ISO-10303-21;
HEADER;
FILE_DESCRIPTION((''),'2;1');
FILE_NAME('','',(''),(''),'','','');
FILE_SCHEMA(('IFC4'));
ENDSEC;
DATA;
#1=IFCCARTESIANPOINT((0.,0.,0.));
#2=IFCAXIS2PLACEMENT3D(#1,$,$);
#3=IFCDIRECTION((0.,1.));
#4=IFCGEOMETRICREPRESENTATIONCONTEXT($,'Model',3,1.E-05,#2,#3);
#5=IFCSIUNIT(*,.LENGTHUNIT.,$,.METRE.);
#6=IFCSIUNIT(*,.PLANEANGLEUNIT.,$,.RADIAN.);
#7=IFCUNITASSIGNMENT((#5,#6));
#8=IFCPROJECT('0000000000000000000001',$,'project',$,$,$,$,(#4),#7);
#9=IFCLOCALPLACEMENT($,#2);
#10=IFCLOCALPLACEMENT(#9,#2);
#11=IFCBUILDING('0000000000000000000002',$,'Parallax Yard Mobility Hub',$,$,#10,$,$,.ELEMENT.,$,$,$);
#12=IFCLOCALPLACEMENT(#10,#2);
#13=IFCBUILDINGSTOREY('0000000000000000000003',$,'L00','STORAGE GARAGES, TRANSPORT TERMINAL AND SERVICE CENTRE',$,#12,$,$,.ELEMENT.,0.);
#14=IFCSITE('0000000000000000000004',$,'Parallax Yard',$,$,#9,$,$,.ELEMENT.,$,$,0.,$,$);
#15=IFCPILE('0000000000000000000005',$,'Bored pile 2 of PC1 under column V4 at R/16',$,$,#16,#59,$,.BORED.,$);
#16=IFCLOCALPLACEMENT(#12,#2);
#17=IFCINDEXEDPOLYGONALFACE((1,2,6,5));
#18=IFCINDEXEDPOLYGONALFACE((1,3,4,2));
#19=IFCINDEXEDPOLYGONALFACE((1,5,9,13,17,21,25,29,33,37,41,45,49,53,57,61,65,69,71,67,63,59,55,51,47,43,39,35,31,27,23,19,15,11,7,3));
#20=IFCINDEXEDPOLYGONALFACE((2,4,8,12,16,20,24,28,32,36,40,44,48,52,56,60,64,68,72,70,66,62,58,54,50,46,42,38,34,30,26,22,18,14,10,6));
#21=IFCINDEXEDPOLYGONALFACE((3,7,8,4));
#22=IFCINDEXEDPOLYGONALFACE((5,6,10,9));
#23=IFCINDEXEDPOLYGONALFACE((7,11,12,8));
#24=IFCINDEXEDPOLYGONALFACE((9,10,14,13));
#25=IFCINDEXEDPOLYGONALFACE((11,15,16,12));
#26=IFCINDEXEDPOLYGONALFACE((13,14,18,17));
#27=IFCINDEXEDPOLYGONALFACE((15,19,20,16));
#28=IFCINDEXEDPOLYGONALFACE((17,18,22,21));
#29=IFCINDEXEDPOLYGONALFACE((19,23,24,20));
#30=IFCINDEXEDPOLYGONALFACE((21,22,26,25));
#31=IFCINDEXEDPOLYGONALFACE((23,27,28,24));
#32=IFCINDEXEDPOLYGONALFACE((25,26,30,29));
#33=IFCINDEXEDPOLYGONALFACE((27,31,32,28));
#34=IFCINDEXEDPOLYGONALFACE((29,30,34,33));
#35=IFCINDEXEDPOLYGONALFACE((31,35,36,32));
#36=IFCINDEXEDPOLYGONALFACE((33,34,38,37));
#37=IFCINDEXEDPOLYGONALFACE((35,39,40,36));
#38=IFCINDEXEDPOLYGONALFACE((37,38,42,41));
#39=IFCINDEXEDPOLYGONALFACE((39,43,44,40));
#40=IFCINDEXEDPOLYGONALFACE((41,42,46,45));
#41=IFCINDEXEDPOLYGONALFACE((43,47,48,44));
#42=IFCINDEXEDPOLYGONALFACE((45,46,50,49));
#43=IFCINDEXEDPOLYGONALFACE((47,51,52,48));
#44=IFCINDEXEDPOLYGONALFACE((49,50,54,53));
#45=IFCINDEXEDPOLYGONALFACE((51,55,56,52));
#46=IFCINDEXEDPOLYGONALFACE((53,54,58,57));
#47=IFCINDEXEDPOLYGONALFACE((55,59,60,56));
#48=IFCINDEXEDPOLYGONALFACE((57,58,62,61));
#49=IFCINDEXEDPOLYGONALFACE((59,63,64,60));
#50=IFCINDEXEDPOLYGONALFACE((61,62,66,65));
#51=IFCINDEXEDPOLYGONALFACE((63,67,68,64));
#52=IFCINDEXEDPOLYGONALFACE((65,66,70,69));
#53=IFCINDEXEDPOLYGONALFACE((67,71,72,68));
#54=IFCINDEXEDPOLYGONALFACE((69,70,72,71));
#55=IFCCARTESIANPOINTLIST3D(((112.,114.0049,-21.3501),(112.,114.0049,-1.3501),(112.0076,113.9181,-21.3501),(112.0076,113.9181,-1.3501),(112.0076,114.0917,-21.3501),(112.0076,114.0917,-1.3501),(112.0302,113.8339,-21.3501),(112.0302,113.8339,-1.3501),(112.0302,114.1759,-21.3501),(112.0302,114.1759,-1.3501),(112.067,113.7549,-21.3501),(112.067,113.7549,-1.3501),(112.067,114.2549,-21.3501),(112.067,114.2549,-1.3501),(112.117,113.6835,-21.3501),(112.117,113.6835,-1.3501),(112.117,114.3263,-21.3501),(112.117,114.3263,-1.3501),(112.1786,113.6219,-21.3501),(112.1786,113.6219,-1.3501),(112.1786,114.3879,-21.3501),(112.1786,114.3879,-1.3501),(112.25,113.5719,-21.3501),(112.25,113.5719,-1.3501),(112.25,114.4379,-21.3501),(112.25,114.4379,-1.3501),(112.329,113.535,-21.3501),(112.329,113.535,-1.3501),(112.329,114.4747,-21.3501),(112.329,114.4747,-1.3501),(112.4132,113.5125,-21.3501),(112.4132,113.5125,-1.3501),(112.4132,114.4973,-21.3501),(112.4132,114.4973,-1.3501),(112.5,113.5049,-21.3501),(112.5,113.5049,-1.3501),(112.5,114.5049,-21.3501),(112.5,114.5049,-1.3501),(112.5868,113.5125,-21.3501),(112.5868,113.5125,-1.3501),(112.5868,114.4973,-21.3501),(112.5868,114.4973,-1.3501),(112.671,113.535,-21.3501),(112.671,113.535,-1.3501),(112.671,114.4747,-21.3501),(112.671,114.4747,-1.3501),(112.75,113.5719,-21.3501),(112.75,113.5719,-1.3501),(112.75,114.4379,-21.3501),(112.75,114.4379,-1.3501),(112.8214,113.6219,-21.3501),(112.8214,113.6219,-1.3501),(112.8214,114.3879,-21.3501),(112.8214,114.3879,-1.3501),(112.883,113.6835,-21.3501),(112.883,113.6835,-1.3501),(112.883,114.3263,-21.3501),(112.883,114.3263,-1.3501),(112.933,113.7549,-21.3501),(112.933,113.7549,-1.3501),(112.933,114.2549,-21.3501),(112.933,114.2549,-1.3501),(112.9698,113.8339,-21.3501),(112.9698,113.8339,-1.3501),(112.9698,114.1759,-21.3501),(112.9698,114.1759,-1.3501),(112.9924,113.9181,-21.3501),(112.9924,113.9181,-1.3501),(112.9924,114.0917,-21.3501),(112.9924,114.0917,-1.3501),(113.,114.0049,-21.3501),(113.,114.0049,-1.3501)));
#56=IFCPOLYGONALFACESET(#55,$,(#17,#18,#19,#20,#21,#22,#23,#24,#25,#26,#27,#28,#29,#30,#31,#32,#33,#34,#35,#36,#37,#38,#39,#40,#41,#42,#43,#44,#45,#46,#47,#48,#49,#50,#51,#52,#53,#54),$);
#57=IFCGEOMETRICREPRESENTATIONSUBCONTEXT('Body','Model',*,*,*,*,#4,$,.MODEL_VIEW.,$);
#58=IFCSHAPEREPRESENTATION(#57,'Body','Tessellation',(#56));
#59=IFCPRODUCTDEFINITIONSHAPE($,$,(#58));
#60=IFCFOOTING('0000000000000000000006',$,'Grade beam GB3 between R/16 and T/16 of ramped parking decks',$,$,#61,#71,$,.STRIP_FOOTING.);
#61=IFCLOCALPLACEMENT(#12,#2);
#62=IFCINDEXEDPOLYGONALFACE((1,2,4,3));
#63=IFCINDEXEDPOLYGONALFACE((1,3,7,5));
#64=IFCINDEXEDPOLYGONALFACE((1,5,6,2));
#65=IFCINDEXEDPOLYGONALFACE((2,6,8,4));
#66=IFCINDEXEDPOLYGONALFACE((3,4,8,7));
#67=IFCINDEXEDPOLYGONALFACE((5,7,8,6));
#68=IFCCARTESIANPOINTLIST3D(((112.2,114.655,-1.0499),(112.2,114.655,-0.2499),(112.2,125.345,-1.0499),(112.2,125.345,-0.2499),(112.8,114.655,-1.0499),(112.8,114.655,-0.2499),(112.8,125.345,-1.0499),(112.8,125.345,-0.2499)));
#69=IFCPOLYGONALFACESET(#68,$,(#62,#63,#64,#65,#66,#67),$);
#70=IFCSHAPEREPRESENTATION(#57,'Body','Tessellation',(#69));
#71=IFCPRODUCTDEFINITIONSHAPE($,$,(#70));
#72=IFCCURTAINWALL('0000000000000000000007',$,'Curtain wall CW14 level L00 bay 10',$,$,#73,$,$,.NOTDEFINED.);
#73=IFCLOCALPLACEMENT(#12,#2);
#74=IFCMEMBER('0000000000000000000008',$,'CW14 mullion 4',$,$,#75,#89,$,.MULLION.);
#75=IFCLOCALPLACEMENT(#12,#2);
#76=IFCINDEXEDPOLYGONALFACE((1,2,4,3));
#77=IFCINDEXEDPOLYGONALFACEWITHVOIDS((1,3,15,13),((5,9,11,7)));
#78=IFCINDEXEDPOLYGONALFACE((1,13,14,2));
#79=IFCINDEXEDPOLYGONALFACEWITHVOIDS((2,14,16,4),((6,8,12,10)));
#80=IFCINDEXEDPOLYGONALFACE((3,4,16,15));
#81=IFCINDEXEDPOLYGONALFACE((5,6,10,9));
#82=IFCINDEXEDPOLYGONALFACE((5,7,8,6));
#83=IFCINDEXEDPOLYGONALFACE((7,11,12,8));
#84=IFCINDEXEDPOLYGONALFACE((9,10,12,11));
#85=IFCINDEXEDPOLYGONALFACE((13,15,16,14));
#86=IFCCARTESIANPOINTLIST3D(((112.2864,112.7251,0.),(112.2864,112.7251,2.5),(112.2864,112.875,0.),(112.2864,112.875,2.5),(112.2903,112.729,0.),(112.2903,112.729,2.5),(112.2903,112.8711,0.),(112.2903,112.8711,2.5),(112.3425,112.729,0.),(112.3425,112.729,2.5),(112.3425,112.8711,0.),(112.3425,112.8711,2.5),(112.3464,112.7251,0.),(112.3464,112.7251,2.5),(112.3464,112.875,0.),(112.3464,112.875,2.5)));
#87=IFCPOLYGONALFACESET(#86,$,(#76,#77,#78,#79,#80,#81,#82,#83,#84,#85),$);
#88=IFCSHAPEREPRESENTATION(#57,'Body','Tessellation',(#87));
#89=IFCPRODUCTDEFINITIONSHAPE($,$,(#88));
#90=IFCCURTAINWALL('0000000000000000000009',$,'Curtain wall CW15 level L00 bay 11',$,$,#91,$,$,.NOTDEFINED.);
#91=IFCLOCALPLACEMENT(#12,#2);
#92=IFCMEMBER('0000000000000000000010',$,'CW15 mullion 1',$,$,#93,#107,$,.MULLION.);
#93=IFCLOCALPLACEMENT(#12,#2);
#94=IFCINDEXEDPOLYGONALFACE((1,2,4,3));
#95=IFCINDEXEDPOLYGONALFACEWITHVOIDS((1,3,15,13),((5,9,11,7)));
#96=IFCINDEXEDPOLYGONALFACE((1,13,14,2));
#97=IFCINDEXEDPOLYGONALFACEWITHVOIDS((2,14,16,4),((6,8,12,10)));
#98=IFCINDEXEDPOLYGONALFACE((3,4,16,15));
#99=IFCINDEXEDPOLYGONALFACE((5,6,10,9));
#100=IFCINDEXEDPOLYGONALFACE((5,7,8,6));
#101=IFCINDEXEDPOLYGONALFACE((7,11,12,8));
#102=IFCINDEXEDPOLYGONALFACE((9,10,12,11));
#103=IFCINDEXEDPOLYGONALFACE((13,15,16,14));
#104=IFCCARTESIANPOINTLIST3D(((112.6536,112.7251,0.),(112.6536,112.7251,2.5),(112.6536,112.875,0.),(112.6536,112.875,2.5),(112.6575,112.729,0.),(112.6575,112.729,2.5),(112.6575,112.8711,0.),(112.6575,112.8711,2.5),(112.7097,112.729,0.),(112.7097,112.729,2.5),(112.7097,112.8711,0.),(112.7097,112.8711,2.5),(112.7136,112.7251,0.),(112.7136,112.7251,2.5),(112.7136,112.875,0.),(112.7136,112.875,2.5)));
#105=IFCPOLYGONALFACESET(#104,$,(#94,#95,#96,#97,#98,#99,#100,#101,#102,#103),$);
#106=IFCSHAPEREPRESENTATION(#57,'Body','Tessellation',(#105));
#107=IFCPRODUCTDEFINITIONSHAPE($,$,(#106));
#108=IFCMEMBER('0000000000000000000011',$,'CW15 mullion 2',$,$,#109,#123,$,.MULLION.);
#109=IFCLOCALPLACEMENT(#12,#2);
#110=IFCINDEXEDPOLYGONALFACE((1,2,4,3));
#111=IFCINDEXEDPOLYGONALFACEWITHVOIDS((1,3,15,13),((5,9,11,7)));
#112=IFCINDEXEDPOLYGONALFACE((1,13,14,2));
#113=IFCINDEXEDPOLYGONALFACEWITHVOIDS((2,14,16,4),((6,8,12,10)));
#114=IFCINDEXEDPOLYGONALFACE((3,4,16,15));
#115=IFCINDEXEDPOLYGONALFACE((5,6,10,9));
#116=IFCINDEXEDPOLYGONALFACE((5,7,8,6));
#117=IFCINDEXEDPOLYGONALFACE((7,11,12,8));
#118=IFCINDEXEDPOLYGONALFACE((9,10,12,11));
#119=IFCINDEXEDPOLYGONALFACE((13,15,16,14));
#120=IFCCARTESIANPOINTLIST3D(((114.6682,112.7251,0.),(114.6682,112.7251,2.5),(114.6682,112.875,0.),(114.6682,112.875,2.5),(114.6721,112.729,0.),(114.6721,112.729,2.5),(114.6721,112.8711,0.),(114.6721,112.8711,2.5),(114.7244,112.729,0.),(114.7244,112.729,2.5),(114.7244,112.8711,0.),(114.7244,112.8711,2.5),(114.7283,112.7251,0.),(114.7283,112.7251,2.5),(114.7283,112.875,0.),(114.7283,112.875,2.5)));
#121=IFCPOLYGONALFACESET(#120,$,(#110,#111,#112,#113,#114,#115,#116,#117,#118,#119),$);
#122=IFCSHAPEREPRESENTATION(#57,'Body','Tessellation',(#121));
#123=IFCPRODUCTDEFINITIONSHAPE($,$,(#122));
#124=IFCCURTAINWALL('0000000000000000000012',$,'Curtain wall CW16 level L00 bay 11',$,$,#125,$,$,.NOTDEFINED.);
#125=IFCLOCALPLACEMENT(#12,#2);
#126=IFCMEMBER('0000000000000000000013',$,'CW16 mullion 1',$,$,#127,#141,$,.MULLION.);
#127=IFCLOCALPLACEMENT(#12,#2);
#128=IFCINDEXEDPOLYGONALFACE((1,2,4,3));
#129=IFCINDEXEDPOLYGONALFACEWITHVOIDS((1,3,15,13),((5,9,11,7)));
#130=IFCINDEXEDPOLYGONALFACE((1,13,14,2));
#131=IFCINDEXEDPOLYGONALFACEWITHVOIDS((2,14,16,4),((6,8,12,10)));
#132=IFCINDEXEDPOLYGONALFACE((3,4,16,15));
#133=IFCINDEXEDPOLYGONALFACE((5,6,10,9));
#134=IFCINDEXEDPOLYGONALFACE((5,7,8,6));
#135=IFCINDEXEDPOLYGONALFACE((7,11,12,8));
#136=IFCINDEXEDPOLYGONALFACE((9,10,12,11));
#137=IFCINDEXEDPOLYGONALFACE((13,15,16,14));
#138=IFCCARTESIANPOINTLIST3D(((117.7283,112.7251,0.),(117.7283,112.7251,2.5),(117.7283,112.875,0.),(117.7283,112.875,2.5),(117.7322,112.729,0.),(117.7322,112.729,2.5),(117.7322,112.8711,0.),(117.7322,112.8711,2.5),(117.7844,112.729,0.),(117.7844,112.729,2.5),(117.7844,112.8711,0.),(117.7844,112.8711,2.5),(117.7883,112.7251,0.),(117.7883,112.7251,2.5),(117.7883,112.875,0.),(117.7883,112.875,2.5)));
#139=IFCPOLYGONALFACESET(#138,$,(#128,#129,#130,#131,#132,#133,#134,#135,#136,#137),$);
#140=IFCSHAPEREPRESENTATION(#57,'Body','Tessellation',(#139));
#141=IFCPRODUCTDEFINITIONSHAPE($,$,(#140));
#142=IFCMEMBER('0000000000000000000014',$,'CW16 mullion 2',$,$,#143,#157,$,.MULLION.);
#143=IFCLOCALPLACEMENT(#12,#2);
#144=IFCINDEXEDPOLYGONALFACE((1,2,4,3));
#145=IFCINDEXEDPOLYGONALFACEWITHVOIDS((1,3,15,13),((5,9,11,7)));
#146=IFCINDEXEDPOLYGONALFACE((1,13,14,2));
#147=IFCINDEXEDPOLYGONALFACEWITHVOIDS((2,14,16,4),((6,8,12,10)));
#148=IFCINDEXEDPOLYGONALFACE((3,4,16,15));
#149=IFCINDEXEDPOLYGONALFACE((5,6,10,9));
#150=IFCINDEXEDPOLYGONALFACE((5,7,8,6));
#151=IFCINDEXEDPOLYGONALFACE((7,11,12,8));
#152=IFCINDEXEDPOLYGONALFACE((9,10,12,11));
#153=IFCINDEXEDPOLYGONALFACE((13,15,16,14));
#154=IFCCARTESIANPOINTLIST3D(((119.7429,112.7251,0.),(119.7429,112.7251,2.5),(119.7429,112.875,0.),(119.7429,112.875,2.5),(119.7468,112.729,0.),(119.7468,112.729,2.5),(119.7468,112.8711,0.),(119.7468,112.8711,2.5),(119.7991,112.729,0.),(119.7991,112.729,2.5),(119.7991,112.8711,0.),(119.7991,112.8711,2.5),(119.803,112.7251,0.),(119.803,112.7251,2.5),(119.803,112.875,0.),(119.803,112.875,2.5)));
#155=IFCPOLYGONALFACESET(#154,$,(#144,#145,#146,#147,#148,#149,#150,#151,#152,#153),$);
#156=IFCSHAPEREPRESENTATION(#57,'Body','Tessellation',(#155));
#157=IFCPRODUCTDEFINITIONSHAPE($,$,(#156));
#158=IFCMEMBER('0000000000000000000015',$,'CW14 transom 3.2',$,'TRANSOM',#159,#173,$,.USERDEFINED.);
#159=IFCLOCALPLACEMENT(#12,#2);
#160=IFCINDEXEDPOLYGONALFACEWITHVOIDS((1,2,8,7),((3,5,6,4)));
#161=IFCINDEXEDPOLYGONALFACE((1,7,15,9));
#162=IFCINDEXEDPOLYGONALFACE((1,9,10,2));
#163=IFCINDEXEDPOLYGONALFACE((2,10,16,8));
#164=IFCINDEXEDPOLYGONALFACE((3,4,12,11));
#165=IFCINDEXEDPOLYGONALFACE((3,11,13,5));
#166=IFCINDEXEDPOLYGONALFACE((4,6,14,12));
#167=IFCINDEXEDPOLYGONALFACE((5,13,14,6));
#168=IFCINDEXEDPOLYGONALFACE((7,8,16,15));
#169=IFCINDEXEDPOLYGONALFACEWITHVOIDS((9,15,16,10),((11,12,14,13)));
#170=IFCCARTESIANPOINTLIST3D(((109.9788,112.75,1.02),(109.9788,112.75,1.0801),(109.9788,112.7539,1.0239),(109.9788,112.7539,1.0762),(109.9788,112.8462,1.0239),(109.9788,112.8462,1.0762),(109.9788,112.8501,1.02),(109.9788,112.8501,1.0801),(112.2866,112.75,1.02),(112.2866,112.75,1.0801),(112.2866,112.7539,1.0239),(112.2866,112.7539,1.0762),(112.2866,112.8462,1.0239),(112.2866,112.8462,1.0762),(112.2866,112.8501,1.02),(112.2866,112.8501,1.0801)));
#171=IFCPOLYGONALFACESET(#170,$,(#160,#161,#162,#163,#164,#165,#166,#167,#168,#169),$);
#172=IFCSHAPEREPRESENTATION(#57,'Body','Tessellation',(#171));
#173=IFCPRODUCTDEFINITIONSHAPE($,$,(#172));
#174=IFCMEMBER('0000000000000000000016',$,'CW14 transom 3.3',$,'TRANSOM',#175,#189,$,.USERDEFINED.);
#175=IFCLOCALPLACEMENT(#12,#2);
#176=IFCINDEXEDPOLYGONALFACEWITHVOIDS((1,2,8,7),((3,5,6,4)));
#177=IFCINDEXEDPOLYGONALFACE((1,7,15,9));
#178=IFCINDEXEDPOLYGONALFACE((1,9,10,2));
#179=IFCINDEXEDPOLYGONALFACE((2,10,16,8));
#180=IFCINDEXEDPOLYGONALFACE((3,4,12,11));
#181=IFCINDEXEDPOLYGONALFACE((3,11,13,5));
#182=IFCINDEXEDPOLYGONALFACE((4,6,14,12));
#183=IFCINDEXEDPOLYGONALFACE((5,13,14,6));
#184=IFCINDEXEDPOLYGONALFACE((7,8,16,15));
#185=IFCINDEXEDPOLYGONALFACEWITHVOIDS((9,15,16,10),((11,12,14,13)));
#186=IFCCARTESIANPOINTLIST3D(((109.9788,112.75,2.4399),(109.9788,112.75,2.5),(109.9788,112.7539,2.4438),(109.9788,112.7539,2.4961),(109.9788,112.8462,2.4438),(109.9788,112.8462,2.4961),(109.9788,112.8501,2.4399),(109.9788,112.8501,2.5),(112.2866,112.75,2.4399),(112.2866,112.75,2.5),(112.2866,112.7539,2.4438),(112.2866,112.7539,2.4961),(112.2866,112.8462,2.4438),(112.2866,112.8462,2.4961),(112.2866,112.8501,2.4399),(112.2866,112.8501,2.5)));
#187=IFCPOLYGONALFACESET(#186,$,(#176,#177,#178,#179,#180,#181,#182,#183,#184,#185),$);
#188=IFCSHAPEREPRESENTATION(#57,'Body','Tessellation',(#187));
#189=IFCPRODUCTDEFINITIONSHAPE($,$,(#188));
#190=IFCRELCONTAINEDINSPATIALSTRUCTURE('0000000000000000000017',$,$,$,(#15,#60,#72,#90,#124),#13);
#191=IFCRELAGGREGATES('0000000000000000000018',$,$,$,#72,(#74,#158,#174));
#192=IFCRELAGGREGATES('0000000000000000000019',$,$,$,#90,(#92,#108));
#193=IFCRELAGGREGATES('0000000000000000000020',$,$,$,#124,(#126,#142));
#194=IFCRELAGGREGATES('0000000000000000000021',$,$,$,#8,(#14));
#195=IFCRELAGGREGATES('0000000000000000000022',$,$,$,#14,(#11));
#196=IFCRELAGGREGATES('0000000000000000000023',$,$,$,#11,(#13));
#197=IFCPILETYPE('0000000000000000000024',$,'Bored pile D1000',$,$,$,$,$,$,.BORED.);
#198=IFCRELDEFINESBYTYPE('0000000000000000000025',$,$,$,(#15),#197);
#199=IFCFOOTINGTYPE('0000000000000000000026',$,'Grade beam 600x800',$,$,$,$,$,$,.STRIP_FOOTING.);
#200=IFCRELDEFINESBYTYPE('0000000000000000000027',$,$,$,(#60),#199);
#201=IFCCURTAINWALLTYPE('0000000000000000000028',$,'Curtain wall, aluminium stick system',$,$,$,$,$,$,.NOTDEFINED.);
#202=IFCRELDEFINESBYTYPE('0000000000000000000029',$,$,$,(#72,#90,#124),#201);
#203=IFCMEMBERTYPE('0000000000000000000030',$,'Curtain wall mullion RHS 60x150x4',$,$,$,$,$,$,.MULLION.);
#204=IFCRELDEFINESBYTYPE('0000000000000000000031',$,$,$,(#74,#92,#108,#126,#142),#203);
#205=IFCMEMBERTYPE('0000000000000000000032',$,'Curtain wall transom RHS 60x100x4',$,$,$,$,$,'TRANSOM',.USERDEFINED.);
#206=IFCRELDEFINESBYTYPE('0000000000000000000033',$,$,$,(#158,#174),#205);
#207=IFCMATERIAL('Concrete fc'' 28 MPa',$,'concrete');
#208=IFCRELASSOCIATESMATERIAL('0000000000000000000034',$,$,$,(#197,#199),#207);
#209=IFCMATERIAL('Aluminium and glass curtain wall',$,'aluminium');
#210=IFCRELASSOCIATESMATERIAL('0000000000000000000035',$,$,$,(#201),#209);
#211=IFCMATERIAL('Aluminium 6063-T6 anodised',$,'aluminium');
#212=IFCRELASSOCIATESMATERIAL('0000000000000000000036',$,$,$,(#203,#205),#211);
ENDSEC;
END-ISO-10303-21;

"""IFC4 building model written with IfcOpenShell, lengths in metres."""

from ifc_helpers import new_model, si_unit, direction, frame, origin, origin_2d, place, context, subcontext, project, spatial, rectangle, hollow_rectangle, circle, extrude, material, material_profile, profile_set, type_object, element, aggregate, save


model = new_model("IFC4")

# Units and contexts
model_context = context("Model", 3, precision=1e-05, world=origin(), true_north=direction((0.0, 1.0)))
body_context = subcontext(model_context, "Body", "Model", "MODEL_VIEW")
ifc_project = project(units=[si_unit("LENGTHUNIT", "METRE"), si_unit("PLANEANGLEUNIT", "RADIAN")], contexts=[model_context])

# Site, building, storey
site_placement = place(None, origin())
site = spatial("IfcSite", under=ifc_project, at=site_placement, Name="Parallax Yard", CompositionType="ELEMENT", RefElevation=0.0)
building_placement = place(site_placement, origin())
building = spatial("IfcBuilding", under=site, at=building_placement, Name="Parallax Yard Mobility Hub", CompositionType="ELEMENT")
storey_placement = place(building_placement, origin())
storey = spatial("IfcBuildingStorey", under=building, at=storey_placement, Name="L00", Description="STORAGE GARAGES, TRANSPORT TERMINAL AND SERVICE CENTRE", CompositionType="ELEMENT", Elevation=0.0)

# Pile
ifc_material_1 = material(Name="Concrete fc' 28 MPa", Category="concrete")
ifc_material_profile_1 = material_profile(ifc_material_1, circle(Radius=0.5, at=origin_2d()), Name="Bored pile D1000")
ifc_profile_set_1 = profile_set([ifc_material_profile_1], Name="Concrete fc' 28 MPa")
pile_type = type_object("IfcPileType", Name="Bored pile D1000", PredefinedType="BORED", material=ifc_profile_set_1)
pile_placement = place(storey_placement, frame((112.5, 114.0049, -1.3501), z_axis=(0.0, 0.0, -1.0), x_axis=(1.0, 0.0, 0.0)))
element("IfcPile", 1, at=pile_placement, inside=storey, type_object=pile_type, Name="Bored pile 2 of PC1 under column V4 at R/16", PredefinedType="BORED", context=body_context, shape_type="SweptSolid", body=[
    extrude(circle(Radius=0.5, at=origin_2d()), origin(), (0.0, 0.0, 1.0), 20.0),
])

# Footing
ifc_material_profile_2 = material_profile(ifc_material_1, rectangle(XDim=0.6001, YDim=0.8, at=origin_2d()), Name="Grade beam 600x800")
ifc_profile_set_2 = profile_set([ifc_material_profile_2], Name="Concrete fc' 28 MPa")
footing_type = type_object("IfcFootingType", Name="Grade beam 600x800", PredefinedType="STRIP_FOOTING", material=ifc_profile_set_2)
footing_placement = place(storey_placement, frame((112.5, 114.655, -0.6499), z_axis=(0.0, 1.0, 0.0), x_axis=(-1.0, 0.0, 0.0)))
element("IfcFooting", 2, at=footing_placement, inside=storey, type_object=footing_type, Name="Grade beam GB3 between R/16 and T/16 of ramped parking decks", PredefinedType="STRIP_FOOTING", context=body_context, shape_type="SweptSolid", body=[
    extrude(rectangle(XDim=0.6001, YDim=0.8, at=origin_2d()), origin(), (0.0, 0.0, 1.0), 10.6899),
])

# Curtain wall, member
ifc_material_2 = material(Name="Aluminium and glass curtain wall", Category="aluminium")
curtain_wall_type = type_object("IfcCurtainWallType", Name="Curtain wall, aluminium stick system", PredefinedType="NOTDEFINED", material=ifc_material_2)
curtain_wall_1_placement = place(storey_placement, origin())
curtain_wall_1 = element("IfcCurtainWall", 3, at=curtain_wall_1_placement, inside=storey, type_object=curtain_wall_type, Name="Curtain wall CW14 level L00 bay 10", PredefinedType="NOTDEFINED")
ifc_material_3 = material(Name="Aluminium 6063-T6 anodised", Category="aluminium")
ifc_material_profile_3 = material_profile(ifc_material_3, hollow_rectangle(XDim=0.1499, YDim=0.0601, WallThickness=0.0039, at=origin_2d()), Name="RHS 60x150x4")
ifc_profile_set_3 = profile_set([ifc_material_profile_3], Name="Aluminium 6063-T6 anodised")
member_type_1 = type_object("IfcMemberType", Name="Curtain wall mullion RHS 60x150x4", PredefinedType="MULLION", material=ifc_profile_set_3)
member_1_placement = place(storey_placement, frame((112.3164, 112.8, 0.0), z_axis=(0.0, 0.0, 1.0), x_axis=(0.0, 1.0, 0.0)))
member_1 = element("IfcMember", 4, at=member_1_placement, type_object=member_type_1, Name="CW14 mullion 4", PredefinedType="MULLION", context=body_context, shape_type="SweptSolid", body=[
    extrude(hollow_rectangle(XDim=0.1499, YDim=0.0601, WallThickness=0.0039, at=origin_2d()), origin(), (0.0, 0.0, 1.0), 2.5),
])

# Curtain walls, members
curtain_wall_2_placement = place(storey_placement, origin())
curtain_wall_2 = element("IfcCurtainWall", 5, at=curtain_wall_2_placement, inside=storey, type_object=curtain_wall_type, Name="Curtain wall CW15 level L00 bay 11", PredefinedType="NOTDEFINED")
member_2_placement = place(storey_placement, frame((112.6836, 112.8, 0.0), z_axis=(0.0, 0.0, 1.0), x_axis=(0.0, 1.0, 0.0)))
member_2 = element("IfcMember", 6, at=member_2_placement, type_object=member_type_1, Name="CW15 mullion 1", PredefinedType="MULLION", context=body_context, shape_type="SweptSolid", body=[
    extrude(hollow_rectangle(XDim=0.1499, YDim=0.0601, WallThickness=0.0039, at=origin_2d()), origin(), (0.0, 0.0, 1.0), 2.5),
])
member_3_placement = place(storey_placement, frame((114.6982, 112.8, 0.0), z_axis=(0.0, 0.0, 1.0), x_axis=(0.0, 1.0, 0.0)))
member_3 = element("IfcMember", 7, at=member_3_placement, type_object=member_type_1, Name="CW15 mullion 2", PredefinedType="MULLION", context=body_context, shape_type="SweptSolid", body=[
    extrude(hollow_rectangle(XDim=0.1499, YDim=0.0601, WallThickness=0.0039, at=origin_2d()), origin(), (0.0, 0.0, 1.0), 2.5),
])
curtain_wall_3_placement = place(storey_placement, origin())
curtain_wall_3 = element("IfcCurtainWall", 8, at=curtain_wall_3_placement, inside=storey, type_object=curtain_wall_type, Name="Curtain wall CW16 level L00 bay 11", PredefinedType="NOTDEFINED")
member_4_placement = place(storey_placement, frame((117.7583, 112.8, 0.0), z_axis=(0.0, 0.0, 1.0), x_axis=(0.0, 1.0, 0.0)))
member_4 = element("IfcMember", 9, at=member_4_placement, type_object=member_type_1, Name="CW16 mullion 1", PredefinedType="MULLION", context=body_context, shape_type="SweptSolid", body=[
    extrude(hollow_rectangle(XDim=0.1499, YDim=0.0601, WallThickness=0.0039, at=origin_2d()), origin(), (0.0, 0.0, 1.0), 2.5),
])
member_5_placement = place(storey_placement, frame((119.7729, 112.8, 0.0), z_axis=(0.0, 0.0, 1.0), x_axis=(0.0, 1.0, 0.0)))
member_5 = element("IfcMember", 10, at=member_5_placement, type_object=member_type_1, Name="CW16 mullion 2", PredefinedType="MULLION", context=body_context, shape_type="SweptSolid", body=[
    extrude(hollow_rectangle(XDim=0.1499, YDim=0.0601, WallThickness=0.0039, at=origin_2d()), origin(), (0.0, 0.0, 1.0), 2.5),
])

# Members
ifc_material_profile_4 = material_profile(ifc_material_3, hollow_rectangle(XDim=0.1001, YDim=0.0601, WallThickness=0.0039, at=origin_2d()), Name="RHS 60x100x4")
ifc_profile_set_4 = profile_set([ifc_material_profile_4], Name="Aluminium 6063-T6 anodised")
member_type_2 = type_object("IfcMemberType", Name="Curtain wall transom RHS 60x100x4", ElementType="TRANSOM", PredefinedType="USERDEFINED", material=ifc_profile_set_4)
member_6_placement = place(storey_placement, frame((109.9788, 112.8, 1.05), z_axis=(1.0, 0.0, 0.0), x_axis=(0.0, 1.0, 0.0)))
member_6 = element("IfcMember", 11, at=member_6_placement, type_object=member_type_2, Name="CW14 transom 3.2", ObjectType="TRANSOM", PredefinedType="USERDEFINED", context=body_context, shape_type="SweptSolid", body=[
    extrude(hollow_rectangle(XDim=0.1001, YDim=0.0601, WallThickness=0.0039, at=origin_2d()), origin(), (0.0, 0.0, 1.0), 2.3079),
])
member_7_placement = place(storey_placement, frame((109.9788, 112.8, 2.47), z_axis=(1.0, 0.0, 0.0), x_axis=(0.0, 1.0, 0.0)))
member_7 = element("IfcMember", 12, at=member_7_placement, type_object=member_type_2, Name="CW14 transom 3.3", ObjectType="TRANSOM", PredefinedType="USERDEFINED", context=body_context, shape_type="SweptSolid", body=[
    extrude(hollow_rectangle(XDim=0.1001, YDim=0.0601, WallThickness=0.0039, at=origin_2d()), origin(), (0.0, 0.0, 1.0), 2.3079),
])

aggregate(curtain_wall_1, [member_1, member_6, member_7])
aggregate(curtain_wall_2, [member_2, member_3])
aggregate(curtain_wall_3, [member_4, member_5])

save(model, "model.ifc")
